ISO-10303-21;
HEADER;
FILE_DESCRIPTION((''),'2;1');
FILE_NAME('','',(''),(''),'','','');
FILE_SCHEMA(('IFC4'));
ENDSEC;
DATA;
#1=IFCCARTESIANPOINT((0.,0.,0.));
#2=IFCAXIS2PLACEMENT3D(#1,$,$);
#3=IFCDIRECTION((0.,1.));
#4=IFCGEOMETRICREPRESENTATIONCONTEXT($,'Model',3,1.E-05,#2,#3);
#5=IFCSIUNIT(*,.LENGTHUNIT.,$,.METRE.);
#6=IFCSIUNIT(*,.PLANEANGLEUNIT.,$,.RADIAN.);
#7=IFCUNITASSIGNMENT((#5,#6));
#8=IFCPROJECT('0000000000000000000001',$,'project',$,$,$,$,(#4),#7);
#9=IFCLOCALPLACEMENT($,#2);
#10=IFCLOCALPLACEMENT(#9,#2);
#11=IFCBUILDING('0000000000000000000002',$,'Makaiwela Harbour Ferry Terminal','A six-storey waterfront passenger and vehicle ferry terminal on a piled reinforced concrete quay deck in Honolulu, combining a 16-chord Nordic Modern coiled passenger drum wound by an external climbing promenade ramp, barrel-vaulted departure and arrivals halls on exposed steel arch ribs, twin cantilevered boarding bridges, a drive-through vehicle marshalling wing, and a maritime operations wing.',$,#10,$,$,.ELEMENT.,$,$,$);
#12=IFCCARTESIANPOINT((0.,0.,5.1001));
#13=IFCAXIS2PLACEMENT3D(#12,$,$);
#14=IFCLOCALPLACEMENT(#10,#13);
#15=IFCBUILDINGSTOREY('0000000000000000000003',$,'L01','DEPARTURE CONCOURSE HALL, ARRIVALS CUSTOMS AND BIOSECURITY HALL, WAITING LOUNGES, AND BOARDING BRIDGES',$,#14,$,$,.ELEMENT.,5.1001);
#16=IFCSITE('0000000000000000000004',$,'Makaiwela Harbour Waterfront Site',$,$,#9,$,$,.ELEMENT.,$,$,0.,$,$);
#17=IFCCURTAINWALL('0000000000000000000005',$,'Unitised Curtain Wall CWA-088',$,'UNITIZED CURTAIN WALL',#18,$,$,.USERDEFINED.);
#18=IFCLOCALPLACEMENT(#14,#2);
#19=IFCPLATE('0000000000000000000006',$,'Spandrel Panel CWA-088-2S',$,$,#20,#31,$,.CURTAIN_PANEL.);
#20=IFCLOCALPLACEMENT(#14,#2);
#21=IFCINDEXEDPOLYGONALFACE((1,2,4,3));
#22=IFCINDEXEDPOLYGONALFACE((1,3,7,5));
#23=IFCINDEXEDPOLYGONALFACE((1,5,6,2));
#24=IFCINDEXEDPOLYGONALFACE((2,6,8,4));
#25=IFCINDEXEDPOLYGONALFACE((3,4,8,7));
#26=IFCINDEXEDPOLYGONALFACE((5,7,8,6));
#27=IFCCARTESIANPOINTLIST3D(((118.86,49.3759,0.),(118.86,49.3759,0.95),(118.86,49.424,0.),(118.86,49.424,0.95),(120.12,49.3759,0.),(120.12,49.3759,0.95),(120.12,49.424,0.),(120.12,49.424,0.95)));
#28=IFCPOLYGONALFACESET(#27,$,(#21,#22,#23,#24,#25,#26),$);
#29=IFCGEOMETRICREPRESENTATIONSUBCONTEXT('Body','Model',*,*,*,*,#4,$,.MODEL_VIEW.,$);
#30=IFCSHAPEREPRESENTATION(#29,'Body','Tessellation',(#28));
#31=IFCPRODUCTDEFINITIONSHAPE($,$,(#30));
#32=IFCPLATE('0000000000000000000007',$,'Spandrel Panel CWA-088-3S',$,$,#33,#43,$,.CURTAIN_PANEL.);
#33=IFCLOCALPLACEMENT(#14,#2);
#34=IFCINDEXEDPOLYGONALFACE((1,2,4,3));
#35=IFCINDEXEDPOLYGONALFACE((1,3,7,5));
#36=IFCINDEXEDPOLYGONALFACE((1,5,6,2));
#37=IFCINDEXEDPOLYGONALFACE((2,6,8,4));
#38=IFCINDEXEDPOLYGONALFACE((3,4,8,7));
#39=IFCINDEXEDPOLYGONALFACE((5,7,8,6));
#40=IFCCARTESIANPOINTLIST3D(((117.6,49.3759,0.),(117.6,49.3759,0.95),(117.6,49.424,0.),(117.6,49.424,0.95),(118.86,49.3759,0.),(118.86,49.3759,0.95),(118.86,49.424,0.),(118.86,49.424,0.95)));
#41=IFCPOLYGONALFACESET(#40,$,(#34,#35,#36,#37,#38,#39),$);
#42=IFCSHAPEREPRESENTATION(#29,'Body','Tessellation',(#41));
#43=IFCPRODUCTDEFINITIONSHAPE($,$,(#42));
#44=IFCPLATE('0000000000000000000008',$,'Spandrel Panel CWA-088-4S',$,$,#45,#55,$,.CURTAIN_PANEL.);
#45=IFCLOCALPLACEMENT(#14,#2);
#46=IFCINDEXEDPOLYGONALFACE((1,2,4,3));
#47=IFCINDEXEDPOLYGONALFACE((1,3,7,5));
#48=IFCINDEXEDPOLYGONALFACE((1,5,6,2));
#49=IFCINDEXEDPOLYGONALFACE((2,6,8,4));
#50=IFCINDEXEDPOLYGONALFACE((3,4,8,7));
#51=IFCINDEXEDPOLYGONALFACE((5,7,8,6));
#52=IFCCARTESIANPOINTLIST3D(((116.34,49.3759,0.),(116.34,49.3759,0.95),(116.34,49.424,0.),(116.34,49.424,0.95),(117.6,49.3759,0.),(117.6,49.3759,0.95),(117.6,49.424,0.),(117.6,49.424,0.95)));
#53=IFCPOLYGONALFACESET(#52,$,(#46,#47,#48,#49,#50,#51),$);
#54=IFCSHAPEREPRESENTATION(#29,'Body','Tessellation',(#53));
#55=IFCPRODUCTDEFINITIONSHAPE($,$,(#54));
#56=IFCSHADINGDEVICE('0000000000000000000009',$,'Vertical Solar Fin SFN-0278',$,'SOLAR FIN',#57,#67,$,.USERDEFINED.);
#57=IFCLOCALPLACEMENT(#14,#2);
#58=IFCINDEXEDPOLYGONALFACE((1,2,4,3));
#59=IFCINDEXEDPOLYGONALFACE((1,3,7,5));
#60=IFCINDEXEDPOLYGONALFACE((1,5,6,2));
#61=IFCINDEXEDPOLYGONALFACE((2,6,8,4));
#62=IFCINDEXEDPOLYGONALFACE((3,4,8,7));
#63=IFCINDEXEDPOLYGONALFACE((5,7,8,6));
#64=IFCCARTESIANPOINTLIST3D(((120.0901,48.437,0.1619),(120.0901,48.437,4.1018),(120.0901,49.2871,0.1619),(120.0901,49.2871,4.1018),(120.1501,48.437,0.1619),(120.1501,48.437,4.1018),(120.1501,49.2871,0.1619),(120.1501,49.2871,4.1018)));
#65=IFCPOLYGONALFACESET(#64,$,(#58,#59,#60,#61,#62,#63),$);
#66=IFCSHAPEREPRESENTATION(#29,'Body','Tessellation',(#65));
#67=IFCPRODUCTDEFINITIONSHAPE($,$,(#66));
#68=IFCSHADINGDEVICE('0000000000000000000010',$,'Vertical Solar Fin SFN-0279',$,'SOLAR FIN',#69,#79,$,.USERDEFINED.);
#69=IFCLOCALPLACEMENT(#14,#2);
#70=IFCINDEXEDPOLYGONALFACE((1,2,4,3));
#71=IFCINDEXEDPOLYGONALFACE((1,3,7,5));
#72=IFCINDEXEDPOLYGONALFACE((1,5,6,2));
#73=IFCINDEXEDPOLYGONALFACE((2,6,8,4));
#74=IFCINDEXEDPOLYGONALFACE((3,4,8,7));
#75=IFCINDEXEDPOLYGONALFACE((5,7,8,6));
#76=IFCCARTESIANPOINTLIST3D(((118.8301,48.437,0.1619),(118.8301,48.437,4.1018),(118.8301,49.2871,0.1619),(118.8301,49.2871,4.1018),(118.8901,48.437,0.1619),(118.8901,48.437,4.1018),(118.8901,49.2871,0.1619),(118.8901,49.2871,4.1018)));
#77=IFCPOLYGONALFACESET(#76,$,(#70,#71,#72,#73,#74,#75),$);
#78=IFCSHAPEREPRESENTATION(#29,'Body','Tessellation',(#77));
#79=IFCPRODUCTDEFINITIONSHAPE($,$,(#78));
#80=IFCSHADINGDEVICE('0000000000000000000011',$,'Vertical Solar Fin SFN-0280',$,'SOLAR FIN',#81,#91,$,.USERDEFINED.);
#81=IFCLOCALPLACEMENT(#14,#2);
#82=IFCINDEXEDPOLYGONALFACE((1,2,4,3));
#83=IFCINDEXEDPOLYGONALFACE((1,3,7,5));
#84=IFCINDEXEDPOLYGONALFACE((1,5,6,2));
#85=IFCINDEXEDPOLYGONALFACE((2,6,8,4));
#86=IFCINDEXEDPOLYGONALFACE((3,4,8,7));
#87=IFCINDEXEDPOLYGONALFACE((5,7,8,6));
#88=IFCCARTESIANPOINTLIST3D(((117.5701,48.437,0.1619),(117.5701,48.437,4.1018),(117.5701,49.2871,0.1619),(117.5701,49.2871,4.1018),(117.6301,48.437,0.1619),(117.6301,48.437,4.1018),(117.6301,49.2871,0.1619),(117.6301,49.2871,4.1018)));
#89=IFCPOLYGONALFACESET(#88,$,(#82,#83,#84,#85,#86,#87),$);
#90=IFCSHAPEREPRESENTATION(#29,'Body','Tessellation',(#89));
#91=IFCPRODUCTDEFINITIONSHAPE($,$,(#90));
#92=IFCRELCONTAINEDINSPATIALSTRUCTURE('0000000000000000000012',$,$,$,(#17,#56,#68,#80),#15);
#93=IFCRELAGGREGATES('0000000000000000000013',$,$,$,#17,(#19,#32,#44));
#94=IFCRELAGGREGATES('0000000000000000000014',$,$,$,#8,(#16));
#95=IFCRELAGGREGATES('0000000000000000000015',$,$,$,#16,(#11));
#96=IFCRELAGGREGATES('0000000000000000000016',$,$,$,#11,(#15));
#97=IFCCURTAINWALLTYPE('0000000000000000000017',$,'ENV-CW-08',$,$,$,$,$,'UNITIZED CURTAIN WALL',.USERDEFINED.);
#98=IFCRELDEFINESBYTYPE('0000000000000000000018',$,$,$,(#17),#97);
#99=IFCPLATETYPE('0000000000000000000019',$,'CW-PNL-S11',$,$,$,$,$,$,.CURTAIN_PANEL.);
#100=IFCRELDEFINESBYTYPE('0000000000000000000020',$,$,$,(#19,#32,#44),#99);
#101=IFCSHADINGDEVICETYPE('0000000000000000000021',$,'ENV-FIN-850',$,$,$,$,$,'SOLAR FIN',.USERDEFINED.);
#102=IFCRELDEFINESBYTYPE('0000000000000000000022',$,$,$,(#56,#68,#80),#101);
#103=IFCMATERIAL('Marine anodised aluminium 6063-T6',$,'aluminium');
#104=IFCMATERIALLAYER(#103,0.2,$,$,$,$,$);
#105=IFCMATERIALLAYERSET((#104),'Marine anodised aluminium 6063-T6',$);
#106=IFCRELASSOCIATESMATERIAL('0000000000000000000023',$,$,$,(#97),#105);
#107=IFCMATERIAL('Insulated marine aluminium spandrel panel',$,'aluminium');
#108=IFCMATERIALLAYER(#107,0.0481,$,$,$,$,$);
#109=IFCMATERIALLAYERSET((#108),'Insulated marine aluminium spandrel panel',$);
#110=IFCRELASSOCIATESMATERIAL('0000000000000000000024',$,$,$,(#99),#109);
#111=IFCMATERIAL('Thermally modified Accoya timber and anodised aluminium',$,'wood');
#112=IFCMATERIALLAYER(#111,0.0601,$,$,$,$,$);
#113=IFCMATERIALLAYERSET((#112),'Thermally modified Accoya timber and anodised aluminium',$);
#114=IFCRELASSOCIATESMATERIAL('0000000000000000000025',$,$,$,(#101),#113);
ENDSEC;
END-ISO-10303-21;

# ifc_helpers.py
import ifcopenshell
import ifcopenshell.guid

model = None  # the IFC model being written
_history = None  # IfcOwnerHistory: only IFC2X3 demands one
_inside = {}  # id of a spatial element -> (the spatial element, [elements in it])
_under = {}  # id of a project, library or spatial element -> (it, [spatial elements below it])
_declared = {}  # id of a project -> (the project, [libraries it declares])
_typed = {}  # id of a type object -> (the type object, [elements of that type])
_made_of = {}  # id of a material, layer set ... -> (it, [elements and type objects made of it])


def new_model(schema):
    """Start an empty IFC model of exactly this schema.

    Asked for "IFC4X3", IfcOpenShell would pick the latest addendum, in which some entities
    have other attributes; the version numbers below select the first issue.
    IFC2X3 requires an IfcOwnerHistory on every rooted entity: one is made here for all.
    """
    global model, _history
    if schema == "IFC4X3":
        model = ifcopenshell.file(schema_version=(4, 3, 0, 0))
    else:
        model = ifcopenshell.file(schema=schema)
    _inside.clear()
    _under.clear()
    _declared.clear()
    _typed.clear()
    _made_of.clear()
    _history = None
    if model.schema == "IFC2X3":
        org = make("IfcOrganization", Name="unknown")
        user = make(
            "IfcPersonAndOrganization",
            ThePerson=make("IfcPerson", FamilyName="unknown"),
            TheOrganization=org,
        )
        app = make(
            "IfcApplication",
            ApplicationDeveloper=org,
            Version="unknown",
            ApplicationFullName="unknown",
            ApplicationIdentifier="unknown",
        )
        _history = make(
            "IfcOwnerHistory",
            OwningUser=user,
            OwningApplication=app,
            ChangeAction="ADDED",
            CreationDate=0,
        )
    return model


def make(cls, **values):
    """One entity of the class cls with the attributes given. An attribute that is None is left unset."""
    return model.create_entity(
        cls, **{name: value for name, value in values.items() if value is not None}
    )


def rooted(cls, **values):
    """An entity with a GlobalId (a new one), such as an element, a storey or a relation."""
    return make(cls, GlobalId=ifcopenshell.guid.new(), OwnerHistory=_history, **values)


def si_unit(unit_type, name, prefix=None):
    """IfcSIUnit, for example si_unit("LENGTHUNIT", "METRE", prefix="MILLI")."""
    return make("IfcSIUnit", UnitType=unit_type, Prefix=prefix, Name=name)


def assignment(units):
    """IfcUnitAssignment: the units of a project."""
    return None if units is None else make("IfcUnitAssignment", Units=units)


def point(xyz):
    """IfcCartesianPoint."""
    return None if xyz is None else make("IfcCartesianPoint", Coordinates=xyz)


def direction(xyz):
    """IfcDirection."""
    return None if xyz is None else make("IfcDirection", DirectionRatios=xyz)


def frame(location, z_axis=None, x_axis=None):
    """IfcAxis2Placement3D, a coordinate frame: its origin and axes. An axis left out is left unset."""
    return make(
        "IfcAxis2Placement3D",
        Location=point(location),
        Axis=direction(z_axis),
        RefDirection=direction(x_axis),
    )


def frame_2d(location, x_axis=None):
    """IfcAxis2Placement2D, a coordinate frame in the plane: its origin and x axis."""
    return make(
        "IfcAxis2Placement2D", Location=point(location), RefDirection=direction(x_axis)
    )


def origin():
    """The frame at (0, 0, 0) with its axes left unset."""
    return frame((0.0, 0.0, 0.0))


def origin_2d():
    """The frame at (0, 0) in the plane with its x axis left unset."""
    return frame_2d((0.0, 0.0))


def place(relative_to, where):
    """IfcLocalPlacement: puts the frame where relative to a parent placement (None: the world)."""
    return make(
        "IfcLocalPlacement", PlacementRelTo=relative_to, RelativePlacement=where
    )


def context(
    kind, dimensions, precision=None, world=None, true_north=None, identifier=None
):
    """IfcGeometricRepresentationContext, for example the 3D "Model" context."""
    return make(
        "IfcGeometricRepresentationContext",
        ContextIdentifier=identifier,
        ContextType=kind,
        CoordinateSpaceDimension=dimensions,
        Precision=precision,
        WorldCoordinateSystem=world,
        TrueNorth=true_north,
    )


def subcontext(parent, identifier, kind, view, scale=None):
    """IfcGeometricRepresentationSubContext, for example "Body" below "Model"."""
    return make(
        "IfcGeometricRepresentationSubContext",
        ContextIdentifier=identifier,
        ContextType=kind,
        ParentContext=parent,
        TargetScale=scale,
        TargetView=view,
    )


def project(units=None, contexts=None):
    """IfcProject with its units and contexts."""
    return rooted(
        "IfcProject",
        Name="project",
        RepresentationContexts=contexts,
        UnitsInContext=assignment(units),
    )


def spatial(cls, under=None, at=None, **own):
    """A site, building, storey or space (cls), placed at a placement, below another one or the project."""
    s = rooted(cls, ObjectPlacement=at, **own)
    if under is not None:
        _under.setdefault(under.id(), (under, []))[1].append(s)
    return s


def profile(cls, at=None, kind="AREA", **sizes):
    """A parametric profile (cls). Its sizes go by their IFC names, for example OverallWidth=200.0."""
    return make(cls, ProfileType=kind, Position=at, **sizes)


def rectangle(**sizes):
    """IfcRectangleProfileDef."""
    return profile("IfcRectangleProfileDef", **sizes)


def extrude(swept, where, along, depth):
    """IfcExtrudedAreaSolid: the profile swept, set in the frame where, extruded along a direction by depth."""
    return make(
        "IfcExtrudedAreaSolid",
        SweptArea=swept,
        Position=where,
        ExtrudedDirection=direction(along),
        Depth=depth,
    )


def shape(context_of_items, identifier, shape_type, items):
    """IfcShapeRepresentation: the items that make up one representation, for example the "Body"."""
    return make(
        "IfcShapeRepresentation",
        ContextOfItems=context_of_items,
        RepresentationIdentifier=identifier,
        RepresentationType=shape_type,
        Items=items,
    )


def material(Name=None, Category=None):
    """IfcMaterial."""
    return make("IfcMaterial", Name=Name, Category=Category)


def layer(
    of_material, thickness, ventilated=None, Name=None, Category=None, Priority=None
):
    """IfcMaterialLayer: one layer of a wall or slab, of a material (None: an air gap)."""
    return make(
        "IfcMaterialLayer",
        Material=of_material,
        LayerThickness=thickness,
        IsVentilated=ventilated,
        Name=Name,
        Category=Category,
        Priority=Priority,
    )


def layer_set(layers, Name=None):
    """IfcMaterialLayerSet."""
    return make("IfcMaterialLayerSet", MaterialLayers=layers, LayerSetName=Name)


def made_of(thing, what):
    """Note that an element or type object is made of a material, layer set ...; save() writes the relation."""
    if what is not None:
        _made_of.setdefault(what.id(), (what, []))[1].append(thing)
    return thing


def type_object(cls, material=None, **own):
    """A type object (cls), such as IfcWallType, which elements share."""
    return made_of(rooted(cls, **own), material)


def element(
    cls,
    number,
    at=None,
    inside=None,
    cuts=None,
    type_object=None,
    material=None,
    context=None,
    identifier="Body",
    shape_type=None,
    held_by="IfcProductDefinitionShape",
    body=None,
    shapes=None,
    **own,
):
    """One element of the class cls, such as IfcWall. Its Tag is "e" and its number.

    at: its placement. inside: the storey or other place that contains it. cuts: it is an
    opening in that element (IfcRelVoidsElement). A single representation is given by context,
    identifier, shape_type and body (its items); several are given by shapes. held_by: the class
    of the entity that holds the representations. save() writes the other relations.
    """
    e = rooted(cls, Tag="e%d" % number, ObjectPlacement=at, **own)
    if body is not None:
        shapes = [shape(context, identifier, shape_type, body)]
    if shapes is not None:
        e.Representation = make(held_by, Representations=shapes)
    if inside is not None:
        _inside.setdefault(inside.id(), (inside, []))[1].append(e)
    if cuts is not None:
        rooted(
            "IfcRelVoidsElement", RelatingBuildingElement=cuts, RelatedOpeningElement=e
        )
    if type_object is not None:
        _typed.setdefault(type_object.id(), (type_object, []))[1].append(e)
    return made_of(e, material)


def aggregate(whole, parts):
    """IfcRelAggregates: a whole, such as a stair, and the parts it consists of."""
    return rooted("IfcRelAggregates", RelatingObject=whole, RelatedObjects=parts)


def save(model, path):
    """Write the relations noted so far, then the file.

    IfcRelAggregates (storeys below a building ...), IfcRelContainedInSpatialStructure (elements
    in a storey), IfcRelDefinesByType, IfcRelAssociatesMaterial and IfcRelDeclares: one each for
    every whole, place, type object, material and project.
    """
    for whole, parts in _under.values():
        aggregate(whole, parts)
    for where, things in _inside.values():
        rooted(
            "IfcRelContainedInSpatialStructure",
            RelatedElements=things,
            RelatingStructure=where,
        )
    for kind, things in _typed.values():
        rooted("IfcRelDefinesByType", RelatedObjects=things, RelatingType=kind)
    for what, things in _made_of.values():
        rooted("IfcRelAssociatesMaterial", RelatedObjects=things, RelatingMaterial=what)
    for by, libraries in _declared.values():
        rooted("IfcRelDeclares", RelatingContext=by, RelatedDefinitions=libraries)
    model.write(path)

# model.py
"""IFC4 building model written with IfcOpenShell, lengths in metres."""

from ifc_helpers import new_model, si_unit, direction, frame, origin, origin_2d, place, context, subcontext, project, spatial, rectangle, extrude, material, layer, layer_set, type_object, element, aggregate, save


model = new_model("IFC4")

# Units and contexts
model_context = context("Model", 3, precision=1e-05, world=origin(), true_north=direction((0.0, 1.0)))
body_context = subcontext(model_context, "Body", "Model", "MODEL_VIEW")
ifc_project = project(units=[si_unit("LENGTHUNIT", "METRE"), si_unit("PLANEANGLEUNIT", "RADIAN")], contexts=[model_context])

# Site, building, storey
site_placement = place(None, origin())
site = spatial("IfcSite", under=ifc_project, at=site_placement, Name="Makaiwela Harbour Waterfront Site", CompositionType="ELEMENT", RefElevation=0.0)
building_placement = place(site_placement, origin())
building = spatial("IfcBuilding", under=site, at=building_placement, Name="Makaiwela Harbour Ferry Terminal", Description="A six-storey waterfront passenger and vehicle ferry terminal on a piled reinforced concrete quay deck in Honolulu, combining a 16-chord Nordic Modern coiled passenger drum wound by an external climbing promenade ramp, barrel-vaulted departure and arrivals halls on exposed steel arch ribs, twin cantilevered boarding bridges, a drive-through vehicle marshalling wing, and a maritime operations wing.", CompositionType="ELEMENT")
storey_placement = place(building_placement, frame((0.0, 0.0, 5.1001)))
storey = spatial("IfcBuildingStorey", under=building, at=storey_placement, Name="L01", Description="DEPARTURE CONCOURSE HALL, ARRIVALS CUSTOMS AND BIOSECURITY HALL, WAITING LOUNGES, AND BOARDING BRIDGES", CompositionType="ELEMENT", Elevation=5.1001)

# Curtain wall
ifc_material_1 = material(Name="Marine anodised aluminium 6063-T6", Category="aluminium")
ifc_layer_1 = layer(ifc_material_1, 0.2)
ifc_layer_set_1 = layer_set([ifc_layer_1], Name="Marine anodised aluminium 6063-T6")
curtain_wall_type = type_object("IfcCurtainWallType", Name="ENV-CW-08", ElementType="UNITIZED CURTAIN WALL", PredefinedType="USERDEFINED", material=ifc_layer_set_1)
curtain_wall_placement = place(storey_placement, origin())
curtain_wall = element("IfcCurtainWall", 1, at=curtain_wall_placement, inside=storey, type_object=curtain_wall_type, Name="Unitised Curtain Wall CWA-088", ObjectType="UNITIZED CURTAIN WALL", PredefinedType="USERDEFINED")

# Plates
ifc_material_2 = material(Name="Insulated marine aluminium spandrel panel", Category="aluminium")
ifc_layer_2 = layer(ifc_material_2, 0.0481)
ifc_layer_set_2 = layer_set([ifc_layer_2], Name="Insulated marine aluminium spandrel panel")
plate_type_1 = type_object("IfcPlateType", Name="CW-PNL-S11", PredefinedType="CURTAIN_PANEL", material=ifc_layer_set_2)
plate_1_placement = place(storey_placement, frame((119.49, 49.3999, 0.0), z_axis=(0.0, 0.0, 1.0), x_axis=(-1.0, 0.0, 0.0)))
plate_1 = element("IfcPlate", 2, at=plate_1_placement, type_object=plate_type_1, Name="Spandrel Panel CWA-088-2S", PredefinedType="CURTAIN_PANEL", context=body_context, shape_type="SweptSolid", body=[
    extrude(rectangle(XDim=1.26, YDim=0.0481, at=origin_2d()), origin(), (0.0, 0.0, 1.0), 0.95),
])
plate_2_placement = place(storey_placement, frame((118.23, 49.3999, 0.0), z_axis=(0.0, 0.0, 1.0), x_axis=(-1.0, 0.0, 0.0)))
plate_2 = element("IfcPlate", 3, at=plate_2_placement, type_object=plate_type_1, Name="Spandrel Panel CWA-088-3S", PredefinedType="CURTAIN_PANEL", context=body_context, shape_type="SweptSolid", body=[
    extrude(rectangle(XDim=1.26, YDim=0.0481, at=origin_2d()), origin(), (0.0, 0.0, 1.0), 0.95),
])
plate_3_placement = place(storey_placement, frame((116.97, 49.3999, 0.0), z_axis=(0.0, 0.0, 1.0), x_axis=(-1.0, 0.0, 0.0)))
plate_3 = element("IfcPlate", 4, at=plate_3_placement, type_object=plate_type_1, Name="Spandrel Panel CWA-088-4S", PredefinedType="CURTAIN_PANEL", context=body_context, shape_type="SweptSolid", body=[
    extrude(rectangle(XDim=1.26, YDim=0.0481, at=origin_2d()), origin(), (0.0, 0.0, 1.0), 0.95),
])
aggregate(curtain_wall, [plate_1, plate_2, plate_3])

# Shading devices
ifc_material_3 = material(Name="Thermally modified Accoya timber and anodised aluminium", Category="wood")
ifc_layer_3 = layer(ifc_material_3, 0.0601)
ifc_layer_set_3 = layer_set([ifc_layer_3], Name="Thermally modified Accoya timber and anodised aluminium")
shading_device_type = type_object("IfcShadingDeviceType", Name="ENV-FIN-850", ElementType="SOLAR FIN", PredefinedType="USERDEFINED", material=ifc_layer_set_3)
for number, where, z_axis, x_axis, name in (
    (5, (120.1201, 48.8621, 0.1619), (0.0, 0.0, 1.0), (0.0, -1.0, 0.0), "Vertical Solar Fin SFN-0278"),
    (6, (118.8601, 48.8621, 0.1619), (0.0, 0.0, 1.0), (0.0, -1.0, 0.0), "Vertical Solar Fin SFN-0279"),
    (7, (117.6001, 48.8621, 0.1619), (0.0, 0.0, 1.0), (0.0, -1.0, 0.0), "Vertical Solar Fin SFN-0280"),
):
    element("IfcShadingDevice", number, at=place(storey_placement, frame(where, z_axis=z_axis, x_axis=x_axis)), inside=storey, type_object=shading_device_type, Name=name, ObjectType="SOLAR FIN", PredefinedType="USERDEFINED", context=body_context, shape_type="SweptSolid", body=[
        extrude(rectangle(XDim=0.8501, YDim=0.0601, at=origin_2d()), origin(), (0.0, 0.0, 1.0), 3.9399),
    ])

save(model, "model.ifc")
